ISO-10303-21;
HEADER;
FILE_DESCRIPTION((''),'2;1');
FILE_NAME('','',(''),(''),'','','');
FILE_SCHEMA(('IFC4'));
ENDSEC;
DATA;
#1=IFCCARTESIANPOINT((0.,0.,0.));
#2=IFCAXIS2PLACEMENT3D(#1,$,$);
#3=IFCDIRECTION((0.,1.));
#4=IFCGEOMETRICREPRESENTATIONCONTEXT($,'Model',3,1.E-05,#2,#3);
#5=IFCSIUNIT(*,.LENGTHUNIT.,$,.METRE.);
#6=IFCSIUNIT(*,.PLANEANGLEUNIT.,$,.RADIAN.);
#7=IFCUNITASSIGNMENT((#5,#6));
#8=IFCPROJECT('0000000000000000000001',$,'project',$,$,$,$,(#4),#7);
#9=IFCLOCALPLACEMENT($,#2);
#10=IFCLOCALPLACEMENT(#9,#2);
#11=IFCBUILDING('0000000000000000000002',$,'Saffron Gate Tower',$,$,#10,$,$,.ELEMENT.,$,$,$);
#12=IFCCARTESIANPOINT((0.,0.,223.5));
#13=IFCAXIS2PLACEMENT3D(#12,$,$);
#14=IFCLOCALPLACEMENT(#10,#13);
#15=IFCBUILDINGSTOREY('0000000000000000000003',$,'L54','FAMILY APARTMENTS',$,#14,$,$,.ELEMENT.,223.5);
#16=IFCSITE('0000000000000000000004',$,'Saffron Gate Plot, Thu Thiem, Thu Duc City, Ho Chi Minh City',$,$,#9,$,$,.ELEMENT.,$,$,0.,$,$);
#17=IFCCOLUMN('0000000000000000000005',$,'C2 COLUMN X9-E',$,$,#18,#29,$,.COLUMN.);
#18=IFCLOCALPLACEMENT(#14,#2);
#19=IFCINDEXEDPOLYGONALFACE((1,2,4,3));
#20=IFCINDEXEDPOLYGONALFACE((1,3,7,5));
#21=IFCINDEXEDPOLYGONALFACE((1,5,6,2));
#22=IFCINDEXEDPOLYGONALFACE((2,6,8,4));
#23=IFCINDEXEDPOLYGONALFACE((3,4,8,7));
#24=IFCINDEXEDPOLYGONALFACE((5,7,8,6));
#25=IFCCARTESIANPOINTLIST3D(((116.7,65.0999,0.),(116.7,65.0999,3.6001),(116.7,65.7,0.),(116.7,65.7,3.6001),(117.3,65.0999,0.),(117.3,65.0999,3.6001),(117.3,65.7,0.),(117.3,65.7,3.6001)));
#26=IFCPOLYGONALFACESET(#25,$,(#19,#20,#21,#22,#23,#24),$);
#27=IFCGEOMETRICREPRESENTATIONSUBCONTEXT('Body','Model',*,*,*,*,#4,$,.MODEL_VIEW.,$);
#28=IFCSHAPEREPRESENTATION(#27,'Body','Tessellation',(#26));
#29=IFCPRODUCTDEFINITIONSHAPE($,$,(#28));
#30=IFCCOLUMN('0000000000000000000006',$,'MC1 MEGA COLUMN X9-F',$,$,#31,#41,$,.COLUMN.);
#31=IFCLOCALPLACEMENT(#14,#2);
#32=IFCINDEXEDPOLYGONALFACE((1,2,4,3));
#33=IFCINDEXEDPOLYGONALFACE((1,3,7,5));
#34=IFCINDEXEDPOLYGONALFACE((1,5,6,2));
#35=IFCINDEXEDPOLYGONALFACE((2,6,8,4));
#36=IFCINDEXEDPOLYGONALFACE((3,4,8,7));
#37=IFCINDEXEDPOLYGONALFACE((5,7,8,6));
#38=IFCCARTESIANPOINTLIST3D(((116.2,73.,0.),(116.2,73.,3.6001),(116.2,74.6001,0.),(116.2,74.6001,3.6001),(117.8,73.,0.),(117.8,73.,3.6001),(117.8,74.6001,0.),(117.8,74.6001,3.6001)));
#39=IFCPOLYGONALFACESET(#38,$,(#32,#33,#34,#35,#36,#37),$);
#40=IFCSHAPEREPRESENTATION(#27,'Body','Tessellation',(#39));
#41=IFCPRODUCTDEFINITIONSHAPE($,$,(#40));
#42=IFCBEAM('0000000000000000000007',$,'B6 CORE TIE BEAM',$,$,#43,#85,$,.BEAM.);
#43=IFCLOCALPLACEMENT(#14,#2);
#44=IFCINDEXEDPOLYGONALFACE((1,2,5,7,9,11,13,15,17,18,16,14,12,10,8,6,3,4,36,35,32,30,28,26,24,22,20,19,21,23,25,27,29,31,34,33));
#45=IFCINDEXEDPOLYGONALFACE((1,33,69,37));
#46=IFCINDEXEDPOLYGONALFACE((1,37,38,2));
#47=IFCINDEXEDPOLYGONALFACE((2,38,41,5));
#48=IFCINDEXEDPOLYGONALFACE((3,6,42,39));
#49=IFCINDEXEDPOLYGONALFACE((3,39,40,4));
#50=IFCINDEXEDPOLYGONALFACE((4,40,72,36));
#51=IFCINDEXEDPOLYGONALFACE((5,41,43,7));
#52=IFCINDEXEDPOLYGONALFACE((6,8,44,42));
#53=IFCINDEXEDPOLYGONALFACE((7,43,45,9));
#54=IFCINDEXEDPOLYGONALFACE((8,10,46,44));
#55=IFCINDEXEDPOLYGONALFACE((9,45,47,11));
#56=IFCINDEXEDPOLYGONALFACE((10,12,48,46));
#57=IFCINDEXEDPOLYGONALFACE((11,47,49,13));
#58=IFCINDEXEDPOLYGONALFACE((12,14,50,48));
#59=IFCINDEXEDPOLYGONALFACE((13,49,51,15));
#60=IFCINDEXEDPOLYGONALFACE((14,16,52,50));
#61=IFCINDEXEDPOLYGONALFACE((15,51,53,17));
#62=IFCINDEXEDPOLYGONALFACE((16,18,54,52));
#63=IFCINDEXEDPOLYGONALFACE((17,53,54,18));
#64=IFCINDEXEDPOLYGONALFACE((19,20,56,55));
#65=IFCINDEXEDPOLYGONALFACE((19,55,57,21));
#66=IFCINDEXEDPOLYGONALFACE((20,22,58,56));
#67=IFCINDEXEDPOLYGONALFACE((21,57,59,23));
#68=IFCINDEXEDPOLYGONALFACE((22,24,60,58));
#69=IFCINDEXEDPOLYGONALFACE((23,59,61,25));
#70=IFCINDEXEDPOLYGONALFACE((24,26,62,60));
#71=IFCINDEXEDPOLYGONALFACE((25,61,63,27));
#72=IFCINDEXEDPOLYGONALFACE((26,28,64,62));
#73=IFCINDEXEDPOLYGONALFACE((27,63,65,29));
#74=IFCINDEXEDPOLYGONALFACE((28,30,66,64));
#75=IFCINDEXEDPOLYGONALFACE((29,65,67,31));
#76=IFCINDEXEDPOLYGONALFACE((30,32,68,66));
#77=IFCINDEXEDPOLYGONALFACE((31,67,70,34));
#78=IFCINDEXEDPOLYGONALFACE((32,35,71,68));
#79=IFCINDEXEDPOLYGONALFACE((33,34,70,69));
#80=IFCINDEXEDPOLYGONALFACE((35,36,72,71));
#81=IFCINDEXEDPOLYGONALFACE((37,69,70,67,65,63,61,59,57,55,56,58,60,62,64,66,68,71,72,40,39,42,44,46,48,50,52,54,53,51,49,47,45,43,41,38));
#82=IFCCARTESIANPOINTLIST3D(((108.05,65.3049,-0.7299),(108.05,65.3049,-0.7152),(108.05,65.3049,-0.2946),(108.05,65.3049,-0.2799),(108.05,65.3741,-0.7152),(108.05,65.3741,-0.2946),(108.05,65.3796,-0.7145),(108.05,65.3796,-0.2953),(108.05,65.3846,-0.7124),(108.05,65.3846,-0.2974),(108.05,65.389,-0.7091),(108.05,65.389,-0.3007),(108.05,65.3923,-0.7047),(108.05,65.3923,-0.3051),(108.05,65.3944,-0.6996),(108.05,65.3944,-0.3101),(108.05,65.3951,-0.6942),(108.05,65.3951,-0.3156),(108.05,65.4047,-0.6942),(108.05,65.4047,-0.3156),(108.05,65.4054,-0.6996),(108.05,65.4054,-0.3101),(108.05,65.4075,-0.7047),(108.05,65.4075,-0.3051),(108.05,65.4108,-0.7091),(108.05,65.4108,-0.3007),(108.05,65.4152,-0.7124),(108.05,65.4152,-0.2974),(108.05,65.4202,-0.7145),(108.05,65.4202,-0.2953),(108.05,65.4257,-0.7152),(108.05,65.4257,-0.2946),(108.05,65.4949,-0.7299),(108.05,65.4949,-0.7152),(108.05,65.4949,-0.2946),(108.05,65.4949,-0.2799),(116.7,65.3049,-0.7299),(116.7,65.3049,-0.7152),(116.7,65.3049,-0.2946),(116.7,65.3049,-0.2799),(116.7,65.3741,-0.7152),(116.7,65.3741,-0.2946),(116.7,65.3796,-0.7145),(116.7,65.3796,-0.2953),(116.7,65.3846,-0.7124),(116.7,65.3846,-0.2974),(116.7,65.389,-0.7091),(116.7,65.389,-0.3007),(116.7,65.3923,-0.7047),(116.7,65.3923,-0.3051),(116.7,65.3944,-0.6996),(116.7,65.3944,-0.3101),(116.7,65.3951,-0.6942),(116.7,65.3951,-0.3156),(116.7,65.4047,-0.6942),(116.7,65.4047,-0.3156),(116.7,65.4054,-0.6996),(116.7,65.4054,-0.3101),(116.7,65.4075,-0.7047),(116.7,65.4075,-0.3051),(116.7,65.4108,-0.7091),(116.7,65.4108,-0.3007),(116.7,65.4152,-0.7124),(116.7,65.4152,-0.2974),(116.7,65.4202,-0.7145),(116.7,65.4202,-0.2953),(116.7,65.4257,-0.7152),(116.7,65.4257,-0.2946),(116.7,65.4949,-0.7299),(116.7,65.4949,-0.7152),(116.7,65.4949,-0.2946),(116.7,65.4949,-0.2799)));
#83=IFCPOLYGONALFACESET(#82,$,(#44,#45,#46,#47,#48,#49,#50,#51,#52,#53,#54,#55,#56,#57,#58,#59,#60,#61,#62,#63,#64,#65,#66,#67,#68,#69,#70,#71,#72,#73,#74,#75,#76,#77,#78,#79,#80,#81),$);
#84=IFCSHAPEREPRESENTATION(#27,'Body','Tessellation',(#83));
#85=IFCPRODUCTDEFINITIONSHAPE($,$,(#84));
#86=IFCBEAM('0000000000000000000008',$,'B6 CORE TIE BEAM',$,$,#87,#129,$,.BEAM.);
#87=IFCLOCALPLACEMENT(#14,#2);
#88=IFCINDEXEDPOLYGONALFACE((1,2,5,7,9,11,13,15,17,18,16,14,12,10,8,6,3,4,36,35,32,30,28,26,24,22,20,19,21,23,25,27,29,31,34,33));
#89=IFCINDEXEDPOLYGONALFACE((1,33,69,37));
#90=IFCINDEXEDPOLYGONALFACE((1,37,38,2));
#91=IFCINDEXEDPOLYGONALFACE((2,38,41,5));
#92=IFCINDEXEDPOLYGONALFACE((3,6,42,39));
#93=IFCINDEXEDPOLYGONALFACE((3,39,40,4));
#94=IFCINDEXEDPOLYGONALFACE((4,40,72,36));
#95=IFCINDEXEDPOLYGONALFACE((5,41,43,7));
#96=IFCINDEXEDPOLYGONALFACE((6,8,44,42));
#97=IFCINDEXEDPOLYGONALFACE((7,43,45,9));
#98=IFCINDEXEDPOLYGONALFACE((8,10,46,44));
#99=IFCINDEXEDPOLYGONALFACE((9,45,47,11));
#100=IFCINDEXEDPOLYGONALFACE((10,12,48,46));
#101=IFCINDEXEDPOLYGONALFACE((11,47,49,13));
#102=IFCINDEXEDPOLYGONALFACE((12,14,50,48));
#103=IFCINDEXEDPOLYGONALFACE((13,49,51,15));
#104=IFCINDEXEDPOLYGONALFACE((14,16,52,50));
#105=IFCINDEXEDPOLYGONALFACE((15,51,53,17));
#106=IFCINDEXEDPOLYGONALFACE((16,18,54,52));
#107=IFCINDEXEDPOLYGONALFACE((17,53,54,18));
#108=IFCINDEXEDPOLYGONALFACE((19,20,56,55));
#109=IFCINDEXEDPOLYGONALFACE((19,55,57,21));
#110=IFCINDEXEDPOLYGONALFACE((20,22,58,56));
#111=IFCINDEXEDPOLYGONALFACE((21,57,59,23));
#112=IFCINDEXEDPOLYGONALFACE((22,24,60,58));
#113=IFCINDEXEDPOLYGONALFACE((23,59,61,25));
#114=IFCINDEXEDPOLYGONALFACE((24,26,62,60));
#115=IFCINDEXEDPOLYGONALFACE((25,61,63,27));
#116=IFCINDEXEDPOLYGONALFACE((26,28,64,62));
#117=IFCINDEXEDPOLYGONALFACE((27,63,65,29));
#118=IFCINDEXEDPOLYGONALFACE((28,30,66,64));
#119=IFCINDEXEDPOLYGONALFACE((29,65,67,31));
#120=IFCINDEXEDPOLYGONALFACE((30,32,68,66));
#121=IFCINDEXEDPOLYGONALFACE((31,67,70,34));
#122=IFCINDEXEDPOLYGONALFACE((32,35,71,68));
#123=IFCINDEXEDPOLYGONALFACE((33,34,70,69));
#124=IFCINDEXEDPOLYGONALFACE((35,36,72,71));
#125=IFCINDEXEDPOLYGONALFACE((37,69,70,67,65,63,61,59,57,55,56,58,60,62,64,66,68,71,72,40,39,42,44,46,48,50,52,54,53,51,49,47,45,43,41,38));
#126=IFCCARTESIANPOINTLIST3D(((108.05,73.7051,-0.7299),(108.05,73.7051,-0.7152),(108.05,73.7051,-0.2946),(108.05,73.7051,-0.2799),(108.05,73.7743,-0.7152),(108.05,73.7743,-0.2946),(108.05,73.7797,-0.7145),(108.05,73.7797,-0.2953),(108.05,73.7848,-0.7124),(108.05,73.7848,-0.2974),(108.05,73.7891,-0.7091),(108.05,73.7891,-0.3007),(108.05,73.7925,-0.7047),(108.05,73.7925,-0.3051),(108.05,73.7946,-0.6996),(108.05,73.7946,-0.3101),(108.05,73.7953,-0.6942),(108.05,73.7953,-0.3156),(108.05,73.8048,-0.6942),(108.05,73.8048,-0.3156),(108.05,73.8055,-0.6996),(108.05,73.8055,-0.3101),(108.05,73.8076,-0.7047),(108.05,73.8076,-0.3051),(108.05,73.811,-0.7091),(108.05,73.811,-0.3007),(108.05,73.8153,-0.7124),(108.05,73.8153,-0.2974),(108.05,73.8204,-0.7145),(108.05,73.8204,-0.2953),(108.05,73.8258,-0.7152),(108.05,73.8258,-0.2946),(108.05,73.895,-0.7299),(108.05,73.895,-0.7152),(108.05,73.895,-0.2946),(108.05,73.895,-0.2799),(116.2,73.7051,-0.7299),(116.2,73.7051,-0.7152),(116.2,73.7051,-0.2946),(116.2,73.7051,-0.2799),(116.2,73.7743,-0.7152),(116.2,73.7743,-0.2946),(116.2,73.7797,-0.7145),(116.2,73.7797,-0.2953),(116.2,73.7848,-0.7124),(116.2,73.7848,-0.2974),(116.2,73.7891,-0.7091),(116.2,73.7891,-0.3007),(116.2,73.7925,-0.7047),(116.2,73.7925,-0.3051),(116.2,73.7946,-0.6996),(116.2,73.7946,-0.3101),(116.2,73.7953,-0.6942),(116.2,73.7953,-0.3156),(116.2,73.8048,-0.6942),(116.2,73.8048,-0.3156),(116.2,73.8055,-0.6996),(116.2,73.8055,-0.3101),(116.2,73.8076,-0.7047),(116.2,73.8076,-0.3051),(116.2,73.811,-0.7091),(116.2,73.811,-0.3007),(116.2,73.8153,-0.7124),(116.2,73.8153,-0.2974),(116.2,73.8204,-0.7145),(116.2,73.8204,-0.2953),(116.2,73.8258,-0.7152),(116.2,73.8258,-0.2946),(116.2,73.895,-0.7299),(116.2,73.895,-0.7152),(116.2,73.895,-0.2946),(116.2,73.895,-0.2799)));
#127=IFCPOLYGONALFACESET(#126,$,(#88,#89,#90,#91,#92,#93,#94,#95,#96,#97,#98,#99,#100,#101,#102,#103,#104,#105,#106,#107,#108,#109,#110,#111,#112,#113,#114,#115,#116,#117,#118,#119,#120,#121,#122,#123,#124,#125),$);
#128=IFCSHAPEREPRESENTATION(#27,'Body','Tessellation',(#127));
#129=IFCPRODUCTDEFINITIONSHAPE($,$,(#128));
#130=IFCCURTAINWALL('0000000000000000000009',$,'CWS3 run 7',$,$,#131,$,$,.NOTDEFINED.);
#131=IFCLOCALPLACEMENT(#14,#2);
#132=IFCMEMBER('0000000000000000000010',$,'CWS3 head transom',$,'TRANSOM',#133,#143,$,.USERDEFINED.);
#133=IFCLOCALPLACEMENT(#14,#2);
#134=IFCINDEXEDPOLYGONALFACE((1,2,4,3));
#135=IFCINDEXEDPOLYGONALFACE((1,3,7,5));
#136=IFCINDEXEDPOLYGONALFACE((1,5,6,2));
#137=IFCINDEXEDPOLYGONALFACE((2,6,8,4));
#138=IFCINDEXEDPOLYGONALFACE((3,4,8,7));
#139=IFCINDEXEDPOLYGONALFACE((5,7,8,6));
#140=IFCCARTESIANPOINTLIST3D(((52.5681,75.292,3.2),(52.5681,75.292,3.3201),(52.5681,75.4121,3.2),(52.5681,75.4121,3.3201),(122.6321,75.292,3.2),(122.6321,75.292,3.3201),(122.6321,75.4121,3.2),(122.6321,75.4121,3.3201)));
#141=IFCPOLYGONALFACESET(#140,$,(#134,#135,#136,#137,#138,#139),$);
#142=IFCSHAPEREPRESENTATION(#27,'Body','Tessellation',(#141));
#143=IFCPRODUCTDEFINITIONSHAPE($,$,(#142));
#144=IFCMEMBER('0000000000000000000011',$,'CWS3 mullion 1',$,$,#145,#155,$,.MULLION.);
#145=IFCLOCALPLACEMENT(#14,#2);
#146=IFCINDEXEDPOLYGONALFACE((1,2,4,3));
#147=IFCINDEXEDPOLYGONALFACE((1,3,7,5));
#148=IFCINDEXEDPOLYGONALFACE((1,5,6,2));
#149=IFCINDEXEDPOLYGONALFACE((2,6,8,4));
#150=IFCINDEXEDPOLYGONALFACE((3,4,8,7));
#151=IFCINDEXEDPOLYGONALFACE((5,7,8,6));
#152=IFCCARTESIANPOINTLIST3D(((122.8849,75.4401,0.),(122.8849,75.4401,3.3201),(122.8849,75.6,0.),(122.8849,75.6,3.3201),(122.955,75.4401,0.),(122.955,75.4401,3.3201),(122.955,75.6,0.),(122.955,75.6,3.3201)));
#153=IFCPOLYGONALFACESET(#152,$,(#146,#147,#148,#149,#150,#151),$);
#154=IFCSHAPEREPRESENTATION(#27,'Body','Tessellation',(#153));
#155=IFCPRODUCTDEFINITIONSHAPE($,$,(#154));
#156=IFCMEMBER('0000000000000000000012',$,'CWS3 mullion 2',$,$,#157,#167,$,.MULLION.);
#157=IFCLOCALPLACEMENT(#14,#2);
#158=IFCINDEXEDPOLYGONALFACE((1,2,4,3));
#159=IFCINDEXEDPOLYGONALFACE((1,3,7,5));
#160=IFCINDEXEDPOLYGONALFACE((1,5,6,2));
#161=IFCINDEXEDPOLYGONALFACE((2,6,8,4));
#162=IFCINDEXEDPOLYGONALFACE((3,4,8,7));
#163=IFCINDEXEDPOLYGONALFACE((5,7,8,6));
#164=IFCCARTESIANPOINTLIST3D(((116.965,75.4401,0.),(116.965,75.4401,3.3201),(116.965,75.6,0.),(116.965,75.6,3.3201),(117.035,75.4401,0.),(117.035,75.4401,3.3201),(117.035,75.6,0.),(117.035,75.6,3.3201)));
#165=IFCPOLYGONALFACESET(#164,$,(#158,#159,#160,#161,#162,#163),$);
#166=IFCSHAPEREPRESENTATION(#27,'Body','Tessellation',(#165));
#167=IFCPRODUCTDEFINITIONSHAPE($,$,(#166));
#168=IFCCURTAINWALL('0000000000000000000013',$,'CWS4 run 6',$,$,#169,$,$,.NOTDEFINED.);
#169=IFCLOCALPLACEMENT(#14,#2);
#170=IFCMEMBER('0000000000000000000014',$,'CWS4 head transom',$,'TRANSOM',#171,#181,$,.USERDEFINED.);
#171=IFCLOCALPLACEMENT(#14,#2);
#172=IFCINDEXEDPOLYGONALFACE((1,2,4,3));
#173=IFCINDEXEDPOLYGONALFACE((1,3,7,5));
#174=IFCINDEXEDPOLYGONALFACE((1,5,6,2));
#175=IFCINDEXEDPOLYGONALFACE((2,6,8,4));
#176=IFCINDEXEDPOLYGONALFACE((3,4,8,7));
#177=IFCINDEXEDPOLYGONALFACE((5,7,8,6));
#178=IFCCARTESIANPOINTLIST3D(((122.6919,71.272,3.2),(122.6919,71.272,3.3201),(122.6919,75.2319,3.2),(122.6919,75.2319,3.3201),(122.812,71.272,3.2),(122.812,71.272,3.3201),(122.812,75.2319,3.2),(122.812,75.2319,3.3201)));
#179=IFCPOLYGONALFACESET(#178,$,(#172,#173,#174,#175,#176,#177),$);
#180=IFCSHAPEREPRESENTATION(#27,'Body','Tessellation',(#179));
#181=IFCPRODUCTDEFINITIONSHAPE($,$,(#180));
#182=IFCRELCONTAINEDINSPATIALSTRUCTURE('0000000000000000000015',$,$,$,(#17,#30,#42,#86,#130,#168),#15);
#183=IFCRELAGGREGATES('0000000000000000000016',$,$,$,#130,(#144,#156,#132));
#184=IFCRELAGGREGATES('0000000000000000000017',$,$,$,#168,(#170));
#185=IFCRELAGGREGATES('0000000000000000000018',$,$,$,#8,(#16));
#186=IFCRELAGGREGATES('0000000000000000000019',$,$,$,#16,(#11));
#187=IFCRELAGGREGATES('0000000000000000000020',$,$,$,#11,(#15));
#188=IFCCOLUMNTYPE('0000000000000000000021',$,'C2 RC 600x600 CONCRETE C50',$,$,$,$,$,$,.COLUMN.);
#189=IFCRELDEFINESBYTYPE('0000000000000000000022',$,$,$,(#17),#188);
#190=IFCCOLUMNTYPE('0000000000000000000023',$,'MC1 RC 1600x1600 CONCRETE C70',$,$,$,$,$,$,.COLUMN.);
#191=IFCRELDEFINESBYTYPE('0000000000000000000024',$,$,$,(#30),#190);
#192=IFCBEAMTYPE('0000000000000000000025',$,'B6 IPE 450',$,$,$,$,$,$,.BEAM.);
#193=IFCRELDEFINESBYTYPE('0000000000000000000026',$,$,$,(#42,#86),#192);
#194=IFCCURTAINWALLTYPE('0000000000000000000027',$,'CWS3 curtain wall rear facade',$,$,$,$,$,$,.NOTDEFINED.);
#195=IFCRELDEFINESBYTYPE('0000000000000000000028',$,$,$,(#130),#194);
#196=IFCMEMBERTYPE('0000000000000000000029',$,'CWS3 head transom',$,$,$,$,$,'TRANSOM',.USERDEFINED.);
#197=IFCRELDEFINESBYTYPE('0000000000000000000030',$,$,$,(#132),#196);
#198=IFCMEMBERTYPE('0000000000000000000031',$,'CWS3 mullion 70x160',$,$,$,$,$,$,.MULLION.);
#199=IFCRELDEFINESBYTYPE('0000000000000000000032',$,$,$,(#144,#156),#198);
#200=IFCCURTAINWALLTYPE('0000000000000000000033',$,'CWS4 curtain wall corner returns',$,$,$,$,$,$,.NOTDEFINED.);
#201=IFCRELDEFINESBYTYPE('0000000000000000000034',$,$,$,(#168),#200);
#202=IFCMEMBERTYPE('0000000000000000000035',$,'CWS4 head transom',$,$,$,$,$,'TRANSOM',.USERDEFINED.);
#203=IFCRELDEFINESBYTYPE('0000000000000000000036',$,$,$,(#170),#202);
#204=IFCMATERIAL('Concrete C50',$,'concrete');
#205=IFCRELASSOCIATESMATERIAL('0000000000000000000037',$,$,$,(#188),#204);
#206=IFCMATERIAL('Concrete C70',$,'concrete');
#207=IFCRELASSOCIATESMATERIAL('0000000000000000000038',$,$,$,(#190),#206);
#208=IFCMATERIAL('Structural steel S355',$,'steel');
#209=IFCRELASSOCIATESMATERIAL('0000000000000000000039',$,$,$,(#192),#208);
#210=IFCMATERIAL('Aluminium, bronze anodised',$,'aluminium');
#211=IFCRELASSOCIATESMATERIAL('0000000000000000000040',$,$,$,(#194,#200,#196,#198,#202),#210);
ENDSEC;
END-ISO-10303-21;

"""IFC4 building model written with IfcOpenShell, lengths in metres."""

from ifc_helpers import new_model, si_unit, direction, frame, origin, origin_2d, place, context, subcontext, project, spatial, rectangle, i_section, extrude, material, material_profile, profile_set, type_object, element, aggregate, save


model = new_model("IFC4")

# Units and contexts
model_context = context("Model", 3, precision=1e-05, world=origin(), true_north=direction((0.0, 1.0)))
body_context = subcontext(model_context, "Body", "Model", "MODEL_VIEW")
ifc_project = project(units=[si_unit("LENGTHUNIT", "METRE"), si_unit("PLANEANGLEUNIT", "RADIAN")], contexts=[model_context])

# Site, building, storey
site_placement = place(None, origin())
site = spatial("IfcSite", under=ifc_project, at=site_placement, Name="Saffron Gate Plot, Thu Thiem, Thu Duc City, Ho Chi Minh City", CompositionType="ELEMENT", RefElevation=0.0)
building_placement = place(site_placement, origin())
building = spatial("IfcBuilding", under=site, at=building_placement, Name="Saffron Gate Tower", CompositionType="ELEMENT")
storey_placement = place(building_placement, frame((0.0, 0.0, 223.5)))
storey = spatial("IfcBuildingStorey", under=building, at=storey_placement, Name="L54", Description="FAMILY APARTMENTS", CompositionType="ELEMENT", Elevation=223.5)

# Columns
ifc_material_1 = material(Name="Concrete C50", Category="concrete")
ifc_material_profile_1 = material_profile(ifc_material_1, rectangle(XDim=0.6001, YDim=0.6001, at=origin_2d()))
ifc_profile_set_1 = profile_set([ifc_material_profile_1], Name="Concrete C50")
column_type_1 = type_object("IfcColumnType", Name="C2 RC 600x600 CONCRETE C50", PredefinedType="COLUMN", material=ifc_profile_set_1)
column_1_placement = place(storey_placement, frame((117.0, 65.3999, 0.0), z_axis=(0.0, 0.0, 1.0), x_axis=(1.0, 0.0, 0.0)))
element("IfcColumn", 1, at=column_1_placement, inside=storey, type_object=column_type_1, Name="C2 COLUMN X9-E", PredefinedType="COLUMN", context=body_context, shape_type="SweptSolid", body=[
    extrude(rectangle(XDim=0.6001, YDim=0.6001, at=origin_2d()), origin(), (0.0, 0.0, 1.0), 3.6001),
])
ifc_material_2 = material(Name="Concrete C70", Category="concrete")
ifc_material_profile_2 = material_profile(ifc_material_2, rectangle(XDim=1.6001, YDim=1.6001, at=origin_2d()))
ifc_profile_set_2 = profile_set([ifc_material_profile_2], Name="Concrete C70")
column_type_2 = type_object("IfcColumnType", Name="MC1 RC 1600x1600 CONCRETE C70", PredefinedType="COLUMN", material=ifc_profile_set_2)
column_2_placement = place(storey_placement, frame((117.0, 73.8, 0.0), z_axis=(0.0, 0.0, 1.0), x_axis=(1.0, 0.0, 0.0)))
element("IfcColumn", 2, at=column_2_placement, inside=storey, type_object=column_type_2, Name="MC1 MEGA COLUMN X9-F", PredefinedType="COLUMN", context=body_context, shape_type="SweptSolid", body=[
    extrude(rectangle(XDim=1.6001, YDim=1.6001, at=origin_2d()), origin(), (0.0, 0.0, 1.0), 3.6001),
])

# Beams
ifc_material_3 = material(Name="Structural steel S355", Category="steel")
ifc_material_profile_3 = material_profile(ifc_material_3, i_section(OverallWidth=0.1899, OverallDepth=0.45, WebThickness=0.0095, FlangeThickness=0.0146, FilletRadius=0.021, at=origin_2d()))
ifc_profile_set_3 = profile_set([ifc_material_profile_3], Name="Structural steel S355")
beam_type = type_object("IfcBeamType", Name="B6 IPE 450", PredefinedType="BEAM", material=ifc_profile_set_3)
beam_1_placement = place(storey_placement, frame((116.7, 65.3999, -0.5049), z_axis=(-1.0, 0.0, 0.0), x_axis=(0.0, -1.0, 0.0)))
element("IfcBeam", 3, at=beam_1_placement, inside=storey, type_object=beam_type, Name="B6 CORE TIE BEAM", PredefinedType="BEAM", context=body_context, shape_type="SweptSolid", body=[
    extrude(i_section(OverallWidth=0.1899, OverallDepth=0.45, WebThickness=0.0095, FlangeThickness=0.0146, FilletRadius=0.021, at=origin_2d()), origin(), (0.0, 0.0, 1.0), 8.6499),
])
beam_2_placement = place(storey_placement, frame((116.2, 73.8, -0.5049), z_axis=(-1.0, 0.0, 0.0), x_axis=(0.0, -1.0, 0.0)))
element("IfcBeam", 4, at=beam_2_placement, inside=storey, type_object=beam_type, Name="B6 CORE TIE BEAM", PredefinedType="BEAM", context=body_context, shape_type="SweptSolid", body=[
    extrude(i_section(OverallWidth=0.1899, OverallDepth=0.45, WebThickness=0.0095, FlangeThickness=0.0146, FilletRadius=0.021, at=origin_2d()), origin(), (0.0, 0.0, 1.0), 8.1499),
])

# Curtain walls, members
ifc_material_4 = material(Name="Aluminium, bronze anodised", Category="aluminium")
curtain_wall_type_1 = type_object("IfcCurtainWallType", Name="CWS3 curtain wall rear facade", PredefinedType="NOTDEFINED", material=ifc_material_4)
curtain_wall_1_placement = place(storey_placement, origin())
curtain_wall_1 = element("IfcCurtainWall", 5, at=curtain_wall_1_placement, inside=storey, type_object=curtain_wall_type_1, Name="CWS3 run 7", PredefinedType="NOTDEFINED")
ifc_material_profile_4 = material_profile(ifc_material_4, rectangle(XDim=0.1201, YDim=0.1201, at=origin_2d()))
ifc_profile_set_4 = profile_set([ifc_material_profile_4], Name="Aluminium, bronze anodised")
member_type_1 = type_object("IfcMemberType", Name="CWS3 head transom", ElementType="TRANSOM", PredefinedType="USERDEFINED", material=ifc_profile_set_4)
member_1_placement = place(storey_placement, frame((122.6321, 75.3521, 3.26), z_axis=(-1.0, 0.0, 0.0), x_axis=(0.0, -1.0, 0.0)))
member_1 = element("IfcMember", 6, at=member_1_placement, type_object=member_type_1, Name="CWS3 head transom", ObjectType="TRANSOM", PredefinedType="USERDEFINED", context=body_context, shape_type="SweptSolid", body=[
    extrude(rectangle(XDim=0.1201, YDim=0.1201, at=origin_2d()), origin(), (0.0, 0.0, 1.0), 70.064),
])
ifc_material_profile_5 = material_profile(ifc_material_4, rectangle(XDim=0.1599, YDim=0.0701, at=origin_2d()))
ifc_profile_set_5 = profile_set([ifc_material_profile_5], Name="Aluminium, bronze anodised")
member_type_2 = type_object("IfcMemberType", Name="CWS3 mullion 70x160", PredefinedType="MULLION", material=ifc_profile_set_5)
member_2_placement = place(storey_placement, frame((122.9199, 75.52, 0.0), z_axis=(0.0, 0.0, 1.0), x_axis=(0.0, -1.0, 0.0)))
member_2 = element("IfcMember", 7, at=member_2_placement, type_object=member_type_2, Name="CWS3 mullion 1", PredefinedType="MULLION", context=body_context, shape_type="SweptSolid", body=[
    extrude(rectangle(XDim=0.1599, YDim=0.0701, at=origin_2d()), origin(), (0.0, 0.0, 1.0), 3.3201),
])
member_3_placement = place(storey_placement, frame((117.0, 75.52, 0.0), z_axis=(0.0, 0.0, 1.0), x_axis=(0.0, -1.0, 0.0)))
member_3 = element("IfcMember", 8, at=member_3_placement, type_object=member_type_2, Name="CWS3 mullion 2", PredefinedType="MULLION", context=body_context, shape_type="SweptSolid", body=[
    extrude(rectangle(XDim=0.1599, YDim=0.0701, at=origin_2d()), origin(), (0.0, 0.0, 1.0), 3.3201),
])
curtain_wall_type_2 = type_object("IfcCurtainWallType", Name="CWS4 curtain wall corner returns", PredefinedType="NOTDEFINED", material=ifc_material_4)
curtain_wall_2_placement = place(storey_placement, origin())
curtain_wall_2 = element("IfcCurtainWall", 9, at=curtain_wall_2_placement, inside=storey, type_object=curtain_wall_type_2, Name="CWS4 run 6", PredefinedType="NOTDEFINED")
ifc_material_profile_6 = material_profile(ifc_material_4, rectangle(XDim=0.1201, YDim=0.1201, at=origin_2d()))
ifc_profile_set_6 = profile_set([ifc_material_profile_6], Name="Aluminium, bronze anodised")
member_type_3 = type_object("IfcMemberType", Name="CWS4 head transom", ElementType="TRANSOM", PredefinedType="USERDEFINED", material=ifc_profile_set_6)
member_4_placement = place(storey_placement, frame((122.752, 71.272, 3.26), z_axis=(0.0, 1.0, 0.0), x_axis=(-1.0, 0.0, 0.0)))
member_4 = element("IfcMember", 10, at=member_4_placement, type_object=member_type_3, Name="CWS4 head transom", ObjectType="TRANSOM", PredefinedType="USERDEFINED", context=body_context, shape_type="SweptSolid", body=[
    extrude(rectangle(XDim=0.1201, YDim=0.1201, at=origin_2d()), origin(), (0.0, 0.0, 1.0), 3.96),
])

aggregate(curtain_wall_1, [member_2, member_3, member_1])

aggregate(curtain_wall_2, [member_4])

save(model, "model.ifc")
